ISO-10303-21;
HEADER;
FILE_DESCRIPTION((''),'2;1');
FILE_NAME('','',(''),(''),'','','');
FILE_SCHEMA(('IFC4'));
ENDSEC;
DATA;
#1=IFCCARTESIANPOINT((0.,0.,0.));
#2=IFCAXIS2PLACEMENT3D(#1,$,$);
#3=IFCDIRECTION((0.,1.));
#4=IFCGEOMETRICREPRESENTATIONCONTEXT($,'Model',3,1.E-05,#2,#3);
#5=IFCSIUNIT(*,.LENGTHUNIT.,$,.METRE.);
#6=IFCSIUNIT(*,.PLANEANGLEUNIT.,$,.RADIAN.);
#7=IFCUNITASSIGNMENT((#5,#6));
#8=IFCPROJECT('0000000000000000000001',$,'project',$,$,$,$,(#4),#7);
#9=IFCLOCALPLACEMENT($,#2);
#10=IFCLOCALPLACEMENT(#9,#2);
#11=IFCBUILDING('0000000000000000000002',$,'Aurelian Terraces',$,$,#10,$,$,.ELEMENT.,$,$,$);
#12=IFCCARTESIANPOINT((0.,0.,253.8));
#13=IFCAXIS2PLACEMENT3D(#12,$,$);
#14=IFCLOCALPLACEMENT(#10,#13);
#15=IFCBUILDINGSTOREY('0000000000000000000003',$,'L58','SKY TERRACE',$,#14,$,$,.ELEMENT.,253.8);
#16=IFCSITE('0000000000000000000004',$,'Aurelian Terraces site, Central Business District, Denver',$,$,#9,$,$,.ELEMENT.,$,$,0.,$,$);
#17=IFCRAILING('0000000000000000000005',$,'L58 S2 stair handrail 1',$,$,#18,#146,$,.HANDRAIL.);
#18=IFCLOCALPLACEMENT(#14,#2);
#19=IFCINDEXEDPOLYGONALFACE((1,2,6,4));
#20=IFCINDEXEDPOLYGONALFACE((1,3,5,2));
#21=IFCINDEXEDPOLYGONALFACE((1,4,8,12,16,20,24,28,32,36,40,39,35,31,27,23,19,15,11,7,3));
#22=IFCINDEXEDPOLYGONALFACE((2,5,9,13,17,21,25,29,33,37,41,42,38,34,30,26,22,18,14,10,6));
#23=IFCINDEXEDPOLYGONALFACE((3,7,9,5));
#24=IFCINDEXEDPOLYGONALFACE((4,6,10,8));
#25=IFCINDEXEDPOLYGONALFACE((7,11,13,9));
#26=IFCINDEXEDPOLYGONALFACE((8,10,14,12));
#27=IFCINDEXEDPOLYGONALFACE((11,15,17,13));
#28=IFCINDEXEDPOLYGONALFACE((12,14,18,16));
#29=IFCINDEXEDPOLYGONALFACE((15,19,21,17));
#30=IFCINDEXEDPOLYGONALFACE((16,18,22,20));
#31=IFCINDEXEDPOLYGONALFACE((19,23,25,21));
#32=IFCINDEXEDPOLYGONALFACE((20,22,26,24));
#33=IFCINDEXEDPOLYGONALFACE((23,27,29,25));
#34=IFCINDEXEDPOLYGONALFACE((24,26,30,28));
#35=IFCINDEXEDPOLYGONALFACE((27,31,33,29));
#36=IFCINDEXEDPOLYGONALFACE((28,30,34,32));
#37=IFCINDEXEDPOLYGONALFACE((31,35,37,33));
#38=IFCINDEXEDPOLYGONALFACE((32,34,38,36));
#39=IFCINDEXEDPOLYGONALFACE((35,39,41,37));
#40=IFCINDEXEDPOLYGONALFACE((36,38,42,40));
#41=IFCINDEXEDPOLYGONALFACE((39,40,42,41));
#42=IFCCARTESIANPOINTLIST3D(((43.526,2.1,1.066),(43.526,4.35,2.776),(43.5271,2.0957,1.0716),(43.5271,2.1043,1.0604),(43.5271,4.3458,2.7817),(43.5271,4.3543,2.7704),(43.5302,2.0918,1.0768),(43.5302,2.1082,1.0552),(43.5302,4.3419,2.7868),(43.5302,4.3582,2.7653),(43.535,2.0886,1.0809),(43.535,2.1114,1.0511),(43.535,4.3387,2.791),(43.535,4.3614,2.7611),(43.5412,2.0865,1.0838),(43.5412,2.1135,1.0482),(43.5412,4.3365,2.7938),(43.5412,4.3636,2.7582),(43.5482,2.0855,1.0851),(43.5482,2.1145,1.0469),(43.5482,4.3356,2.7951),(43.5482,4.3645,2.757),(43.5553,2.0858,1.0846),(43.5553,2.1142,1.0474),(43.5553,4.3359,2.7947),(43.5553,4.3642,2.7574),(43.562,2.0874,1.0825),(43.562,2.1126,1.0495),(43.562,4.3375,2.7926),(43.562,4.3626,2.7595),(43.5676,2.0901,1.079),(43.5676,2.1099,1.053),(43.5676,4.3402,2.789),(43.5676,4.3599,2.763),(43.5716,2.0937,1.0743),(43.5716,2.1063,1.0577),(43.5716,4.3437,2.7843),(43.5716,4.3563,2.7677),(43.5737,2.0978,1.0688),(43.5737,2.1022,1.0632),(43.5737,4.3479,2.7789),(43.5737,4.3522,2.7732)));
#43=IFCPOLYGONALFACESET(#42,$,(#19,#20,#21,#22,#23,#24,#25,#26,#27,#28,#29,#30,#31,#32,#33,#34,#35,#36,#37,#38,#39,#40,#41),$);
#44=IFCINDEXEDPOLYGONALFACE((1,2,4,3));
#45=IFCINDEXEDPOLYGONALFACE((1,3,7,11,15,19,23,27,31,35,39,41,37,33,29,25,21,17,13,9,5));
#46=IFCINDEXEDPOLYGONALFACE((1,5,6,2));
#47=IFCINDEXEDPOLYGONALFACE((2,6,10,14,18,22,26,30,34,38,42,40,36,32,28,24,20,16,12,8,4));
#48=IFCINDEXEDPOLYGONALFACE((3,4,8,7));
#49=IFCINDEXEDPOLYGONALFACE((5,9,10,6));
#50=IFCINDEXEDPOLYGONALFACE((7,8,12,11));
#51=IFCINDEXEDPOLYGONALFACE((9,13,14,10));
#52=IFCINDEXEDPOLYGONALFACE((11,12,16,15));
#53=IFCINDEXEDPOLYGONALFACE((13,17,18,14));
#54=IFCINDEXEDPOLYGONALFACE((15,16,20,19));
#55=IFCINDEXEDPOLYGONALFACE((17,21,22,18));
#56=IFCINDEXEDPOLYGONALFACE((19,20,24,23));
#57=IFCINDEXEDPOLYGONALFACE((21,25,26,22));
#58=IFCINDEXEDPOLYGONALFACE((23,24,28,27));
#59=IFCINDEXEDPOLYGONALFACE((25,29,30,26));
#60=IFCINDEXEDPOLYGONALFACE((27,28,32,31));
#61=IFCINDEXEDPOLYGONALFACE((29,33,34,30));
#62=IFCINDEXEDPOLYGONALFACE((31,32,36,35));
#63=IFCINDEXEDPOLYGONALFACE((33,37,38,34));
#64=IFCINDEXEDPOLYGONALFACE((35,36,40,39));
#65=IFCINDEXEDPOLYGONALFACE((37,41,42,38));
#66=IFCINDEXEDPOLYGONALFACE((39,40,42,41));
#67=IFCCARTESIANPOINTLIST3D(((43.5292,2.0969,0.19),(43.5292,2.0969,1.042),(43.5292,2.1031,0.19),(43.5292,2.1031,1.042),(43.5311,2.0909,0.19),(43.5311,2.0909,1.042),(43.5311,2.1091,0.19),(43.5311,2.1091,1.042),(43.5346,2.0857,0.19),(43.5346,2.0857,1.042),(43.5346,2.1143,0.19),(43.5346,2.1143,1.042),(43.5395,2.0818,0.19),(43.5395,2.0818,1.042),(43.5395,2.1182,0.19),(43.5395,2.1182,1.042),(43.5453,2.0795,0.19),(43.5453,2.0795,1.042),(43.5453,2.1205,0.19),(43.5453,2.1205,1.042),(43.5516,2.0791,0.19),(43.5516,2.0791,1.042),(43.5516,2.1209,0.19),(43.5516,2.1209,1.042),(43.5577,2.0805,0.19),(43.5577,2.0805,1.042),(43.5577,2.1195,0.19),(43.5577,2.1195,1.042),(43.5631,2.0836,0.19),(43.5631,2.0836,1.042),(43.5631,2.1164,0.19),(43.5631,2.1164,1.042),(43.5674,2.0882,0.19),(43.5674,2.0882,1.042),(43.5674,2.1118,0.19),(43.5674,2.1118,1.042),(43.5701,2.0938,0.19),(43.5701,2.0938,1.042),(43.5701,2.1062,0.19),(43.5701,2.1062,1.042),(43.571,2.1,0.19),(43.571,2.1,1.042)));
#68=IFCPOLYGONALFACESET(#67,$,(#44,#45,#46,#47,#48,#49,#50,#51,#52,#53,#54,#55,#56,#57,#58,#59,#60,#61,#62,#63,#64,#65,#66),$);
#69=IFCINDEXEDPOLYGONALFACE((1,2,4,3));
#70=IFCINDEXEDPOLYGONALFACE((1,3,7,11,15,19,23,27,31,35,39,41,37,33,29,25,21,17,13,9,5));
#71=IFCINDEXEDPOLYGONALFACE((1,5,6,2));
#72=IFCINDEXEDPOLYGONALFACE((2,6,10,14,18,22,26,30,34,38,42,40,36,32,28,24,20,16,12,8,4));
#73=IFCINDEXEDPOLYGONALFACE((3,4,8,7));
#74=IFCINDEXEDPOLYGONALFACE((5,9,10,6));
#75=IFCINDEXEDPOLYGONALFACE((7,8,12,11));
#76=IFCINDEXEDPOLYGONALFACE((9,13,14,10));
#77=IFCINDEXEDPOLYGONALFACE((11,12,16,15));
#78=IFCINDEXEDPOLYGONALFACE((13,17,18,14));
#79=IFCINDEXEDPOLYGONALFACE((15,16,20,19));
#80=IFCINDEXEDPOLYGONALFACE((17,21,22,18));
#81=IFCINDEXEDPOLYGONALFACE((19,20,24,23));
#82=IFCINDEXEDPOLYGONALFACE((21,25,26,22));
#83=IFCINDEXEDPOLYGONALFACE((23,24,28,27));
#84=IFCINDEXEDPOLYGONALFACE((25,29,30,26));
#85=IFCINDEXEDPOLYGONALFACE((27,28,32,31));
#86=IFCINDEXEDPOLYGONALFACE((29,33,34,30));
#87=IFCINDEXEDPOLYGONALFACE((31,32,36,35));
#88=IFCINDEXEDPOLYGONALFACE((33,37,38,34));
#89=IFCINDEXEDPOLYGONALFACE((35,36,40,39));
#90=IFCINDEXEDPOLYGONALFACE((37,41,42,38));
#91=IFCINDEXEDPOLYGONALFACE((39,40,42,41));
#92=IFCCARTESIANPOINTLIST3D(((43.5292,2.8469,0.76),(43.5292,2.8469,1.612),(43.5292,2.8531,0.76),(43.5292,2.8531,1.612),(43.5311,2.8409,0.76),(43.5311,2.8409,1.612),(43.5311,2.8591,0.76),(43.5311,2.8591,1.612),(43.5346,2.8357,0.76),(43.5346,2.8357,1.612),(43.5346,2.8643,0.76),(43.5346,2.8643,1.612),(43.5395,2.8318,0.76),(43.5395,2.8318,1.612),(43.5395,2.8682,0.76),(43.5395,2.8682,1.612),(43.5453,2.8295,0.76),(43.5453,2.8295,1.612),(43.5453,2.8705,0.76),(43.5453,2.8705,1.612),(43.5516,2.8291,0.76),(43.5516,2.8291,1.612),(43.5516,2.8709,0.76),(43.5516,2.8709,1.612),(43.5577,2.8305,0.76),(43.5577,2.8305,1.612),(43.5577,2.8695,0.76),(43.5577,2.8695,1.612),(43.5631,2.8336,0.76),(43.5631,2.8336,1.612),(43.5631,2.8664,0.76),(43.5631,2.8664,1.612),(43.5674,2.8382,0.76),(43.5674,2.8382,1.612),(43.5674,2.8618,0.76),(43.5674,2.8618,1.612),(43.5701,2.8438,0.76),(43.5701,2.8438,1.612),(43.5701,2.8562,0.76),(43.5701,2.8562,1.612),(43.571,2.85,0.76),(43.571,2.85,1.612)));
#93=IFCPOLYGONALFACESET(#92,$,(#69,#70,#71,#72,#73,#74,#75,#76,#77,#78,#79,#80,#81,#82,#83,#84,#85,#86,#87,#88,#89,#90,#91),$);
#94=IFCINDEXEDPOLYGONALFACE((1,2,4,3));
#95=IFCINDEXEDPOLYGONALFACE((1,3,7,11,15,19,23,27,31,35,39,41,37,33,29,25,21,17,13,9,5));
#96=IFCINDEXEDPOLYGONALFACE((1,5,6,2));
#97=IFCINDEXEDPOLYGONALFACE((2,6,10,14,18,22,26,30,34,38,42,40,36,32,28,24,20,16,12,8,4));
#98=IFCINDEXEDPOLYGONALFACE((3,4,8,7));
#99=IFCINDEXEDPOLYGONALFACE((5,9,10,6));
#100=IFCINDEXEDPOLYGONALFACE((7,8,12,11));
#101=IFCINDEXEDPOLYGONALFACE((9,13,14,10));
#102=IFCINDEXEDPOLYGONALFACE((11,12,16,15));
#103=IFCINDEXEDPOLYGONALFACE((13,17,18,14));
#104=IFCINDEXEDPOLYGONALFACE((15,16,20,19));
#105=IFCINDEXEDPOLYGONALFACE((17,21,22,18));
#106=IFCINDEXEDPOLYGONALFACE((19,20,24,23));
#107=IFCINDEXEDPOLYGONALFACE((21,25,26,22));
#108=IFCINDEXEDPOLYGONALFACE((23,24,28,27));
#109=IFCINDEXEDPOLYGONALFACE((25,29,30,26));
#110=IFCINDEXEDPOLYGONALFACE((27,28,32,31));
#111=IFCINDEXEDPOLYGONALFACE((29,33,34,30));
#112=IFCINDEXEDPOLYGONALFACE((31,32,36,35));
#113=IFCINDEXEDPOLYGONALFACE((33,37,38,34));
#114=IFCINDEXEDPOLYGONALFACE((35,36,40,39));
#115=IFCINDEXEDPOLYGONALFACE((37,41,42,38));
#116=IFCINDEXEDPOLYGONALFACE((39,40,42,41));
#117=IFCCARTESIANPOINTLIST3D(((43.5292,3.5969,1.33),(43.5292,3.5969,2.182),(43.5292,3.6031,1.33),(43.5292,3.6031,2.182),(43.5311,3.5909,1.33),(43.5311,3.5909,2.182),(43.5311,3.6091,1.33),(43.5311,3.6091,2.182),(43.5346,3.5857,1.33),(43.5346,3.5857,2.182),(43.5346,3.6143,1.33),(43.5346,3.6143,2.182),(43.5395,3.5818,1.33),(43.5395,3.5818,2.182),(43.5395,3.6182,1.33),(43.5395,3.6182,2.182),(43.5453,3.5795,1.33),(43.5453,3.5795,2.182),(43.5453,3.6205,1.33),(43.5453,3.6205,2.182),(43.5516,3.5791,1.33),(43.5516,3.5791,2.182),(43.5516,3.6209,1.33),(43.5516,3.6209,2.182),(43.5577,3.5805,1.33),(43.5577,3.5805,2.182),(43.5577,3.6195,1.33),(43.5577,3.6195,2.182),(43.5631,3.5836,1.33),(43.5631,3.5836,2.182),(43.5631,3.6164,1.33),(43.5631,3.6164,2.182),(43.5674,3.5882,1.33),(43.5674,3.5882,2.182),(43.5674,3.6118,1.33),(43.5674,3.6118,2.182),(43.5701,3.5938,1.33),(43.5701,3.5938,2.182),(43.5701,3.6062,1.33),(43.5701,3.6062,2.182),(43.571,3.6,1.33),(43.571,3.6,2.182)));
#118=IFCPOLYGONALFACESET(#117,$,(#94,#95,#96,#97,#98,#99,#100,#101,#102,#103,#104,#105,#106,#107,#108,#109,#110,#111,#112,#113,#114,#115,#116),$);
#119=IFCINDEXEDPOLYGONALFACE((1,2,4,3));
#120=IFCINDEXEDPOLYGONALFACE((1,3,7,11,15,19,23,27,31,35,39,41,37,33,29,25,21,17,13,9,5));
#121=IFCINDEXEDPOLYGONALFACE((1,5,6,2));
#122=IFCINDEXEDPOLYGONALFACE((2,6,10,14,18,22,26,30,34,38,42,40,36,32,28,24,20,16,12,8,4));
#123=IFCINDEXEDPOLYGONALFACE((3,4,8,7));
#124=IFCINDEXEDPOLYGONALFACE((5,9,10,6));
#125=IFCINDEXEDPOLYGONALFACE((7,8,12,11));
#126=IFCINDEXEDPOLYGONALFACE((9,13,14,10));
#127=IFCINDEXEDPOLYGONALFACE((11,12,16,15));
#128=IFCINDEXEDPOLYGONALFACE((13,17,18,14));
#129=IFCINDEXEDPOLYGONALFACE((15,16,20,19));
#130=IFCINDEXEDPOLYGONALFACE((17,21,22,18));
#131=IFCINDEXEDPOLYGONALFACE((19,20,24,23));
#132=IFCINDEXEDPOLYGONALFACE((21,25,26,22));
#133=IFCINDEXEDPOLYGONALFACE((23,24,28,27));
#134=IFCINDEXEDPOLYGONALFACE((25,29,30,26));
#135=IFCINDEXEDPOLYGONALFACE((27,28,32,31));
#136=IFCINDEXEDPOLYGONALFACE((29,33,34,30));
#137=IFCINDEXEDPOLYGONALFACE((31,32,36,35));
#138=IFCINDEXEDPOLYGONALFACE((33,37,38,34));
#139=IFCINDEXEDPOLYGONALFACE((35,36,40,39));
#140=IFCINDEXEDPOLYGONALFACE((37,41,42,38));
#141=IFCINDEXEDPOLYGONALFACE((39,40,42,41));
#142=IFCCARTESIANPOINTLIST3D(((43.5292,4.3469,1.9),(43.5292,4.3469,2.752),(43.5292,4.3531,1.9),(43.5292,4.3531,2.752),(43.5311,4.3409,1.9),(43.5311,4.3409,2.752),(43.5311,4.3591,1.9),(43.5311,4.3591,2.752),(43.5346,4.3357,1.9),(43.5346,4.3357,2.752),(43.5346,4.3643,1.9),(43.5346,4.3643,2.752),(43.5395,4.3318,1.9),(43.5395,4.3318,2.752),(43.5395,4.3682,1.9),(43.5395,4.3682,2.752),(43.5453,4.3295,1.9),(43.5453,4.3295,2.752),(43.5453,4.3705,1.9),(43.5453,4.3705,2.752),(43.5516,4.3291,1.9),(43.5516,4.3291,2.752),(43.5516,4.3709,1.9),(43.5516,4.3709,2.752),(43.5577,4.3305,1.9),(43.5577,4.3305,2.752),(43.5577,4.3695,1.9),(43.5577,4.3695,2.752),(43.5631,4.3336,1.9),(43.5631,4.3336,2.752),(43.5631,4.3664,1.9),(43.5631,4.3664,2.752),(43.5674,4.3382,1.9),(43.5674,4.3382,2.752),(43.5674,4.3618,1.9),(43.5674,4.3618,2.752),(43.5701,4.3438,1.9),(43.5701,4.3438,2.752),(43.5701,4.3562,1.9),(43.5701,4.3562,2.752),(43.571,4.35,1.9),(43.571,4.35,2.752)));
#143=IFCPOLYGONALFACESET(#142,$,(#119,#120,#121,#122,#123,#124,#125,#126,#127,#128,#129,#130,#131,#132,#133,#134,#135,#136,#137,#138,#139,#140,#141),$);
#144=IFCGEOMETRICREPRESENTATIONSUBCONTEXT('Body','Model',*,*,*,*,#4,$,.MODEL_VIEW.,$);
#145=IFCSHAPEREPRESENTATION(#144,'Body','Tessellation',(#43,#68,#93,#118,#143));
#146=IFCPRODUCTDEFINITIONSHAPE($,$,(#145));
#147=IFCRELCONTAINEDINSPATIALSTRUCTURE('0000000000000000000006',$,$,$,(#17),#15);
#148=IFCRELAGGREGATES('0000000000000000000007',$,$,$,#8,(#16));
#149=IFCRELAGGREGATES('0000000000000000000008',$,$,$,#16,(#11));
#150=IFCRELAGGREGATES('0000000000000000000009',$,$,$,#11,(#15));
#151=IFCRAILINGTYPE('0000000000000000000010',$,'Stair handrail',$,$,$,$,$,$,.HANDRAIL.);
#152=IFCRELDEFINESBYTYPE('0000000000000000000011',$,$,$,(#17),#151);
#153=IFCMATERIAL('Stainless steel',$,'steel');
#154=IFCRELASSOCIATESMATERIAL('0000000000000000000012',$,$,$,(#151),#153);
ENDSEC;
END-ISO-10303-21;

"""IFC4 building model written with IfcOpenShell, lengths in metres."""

from ifc_helpers import new_model, si_unit, direction, frame, origin, origin_2d, place, context, subcontext, project, spatial, circle, extrude, source, transform, mapped, material, type_object, element, save


model = new_model("IFC4")

# Units and contexts
model_context = context("Model", 3, precision=1e-05, world=origin(), true_north=direction((0.0, 1.0)))
body_context = subcontext(model_context, "Body", "Model", "MODEL_VIEW")
ifc_project = project(units=[si_unit("LENGTHUNIT", "METRE"), si_unit("PLANEANGLEUNIT", "RADIAN")], contexts=[model_context])

# Site, building, storey
site_placement = place(None, origin())
site = spatial("IfcSite", under=ifc_project, at=site_placement, Name="Aurelian Terraces site, Central Business District, Denver", CompositionType="ELEMENT", RefElevation=0.0)
building_placement = place(site_placement, origin())
building = spatial("IfcBuilding", under=site, at=building_placement, Name="Aurelian Terraces", CompositionType="ELEMENT")
storey_placement = place(building_placement, frame((0.0, 0.0, 253.8)))
storey = spatial("IfcBuildingStorey", under=building, at=storey_placement, Name="L58", Description="SKY TERRACE", CompositionType="ELEMENT", Elevation=253.8)

# Railing
ifc_material_1 = material(Name="Stainless steel", Category="steel")
railing_type_1 = type_object("IfcRailingType", Name="Stair handrail", PredefinedType="HANDRAIL", material=ifc_material_1)
shared_shape_1 = source(origin(), body_context, "Body", "SweptSolid", [
    extrude(circle(Radius=0.024, at=origin_2d()), frame((0.0, 0.0, 0.876), z_axis=(0.0, 0.796162, 0.605083), x_axis=(-1.0, 0.0, 0.0)), (0.0, 0.0, 1.0), 2.8261),
    extrude(circle(Radius=0.021, at=origin_2d()), origin(), (0.0, 0.0, 1.0), 0.852),
    extrude(circle(Radius=0.021, at=origin_2d()), frame((0.0, 0.75, 0.57)), (0.0, 0.0, 1.0), 0.852),
    extrude(circle(Radius=0.021, at=origin_2d()), frame((0.0, 1.5, 1.14)), (0.0, 0.0, 1.0), 0.852),
    extrude(circle(Radius=0.021, at=origin_2d()), frame((0.0, 2.25, 1.71)), (0.0, 0.0, 1.0), 0.852),
])
railing_1_placement = place(storey_placement, frame((43.55, 2.1, 0.19)))
element("IfcRailing", 1, at=railing_1_placement, inside=storey, type_object=railing_type_1, Name="L58 S2 stair handrail 1", PredefinedType="HANDRAIL", context=body_context, shape_type="MappedRepresentation", body=[
    mapped(shared_shape_1, transform((0.0, 0.0, 0.0), scale=1.0)),
])

save(model, "model.ifc")
